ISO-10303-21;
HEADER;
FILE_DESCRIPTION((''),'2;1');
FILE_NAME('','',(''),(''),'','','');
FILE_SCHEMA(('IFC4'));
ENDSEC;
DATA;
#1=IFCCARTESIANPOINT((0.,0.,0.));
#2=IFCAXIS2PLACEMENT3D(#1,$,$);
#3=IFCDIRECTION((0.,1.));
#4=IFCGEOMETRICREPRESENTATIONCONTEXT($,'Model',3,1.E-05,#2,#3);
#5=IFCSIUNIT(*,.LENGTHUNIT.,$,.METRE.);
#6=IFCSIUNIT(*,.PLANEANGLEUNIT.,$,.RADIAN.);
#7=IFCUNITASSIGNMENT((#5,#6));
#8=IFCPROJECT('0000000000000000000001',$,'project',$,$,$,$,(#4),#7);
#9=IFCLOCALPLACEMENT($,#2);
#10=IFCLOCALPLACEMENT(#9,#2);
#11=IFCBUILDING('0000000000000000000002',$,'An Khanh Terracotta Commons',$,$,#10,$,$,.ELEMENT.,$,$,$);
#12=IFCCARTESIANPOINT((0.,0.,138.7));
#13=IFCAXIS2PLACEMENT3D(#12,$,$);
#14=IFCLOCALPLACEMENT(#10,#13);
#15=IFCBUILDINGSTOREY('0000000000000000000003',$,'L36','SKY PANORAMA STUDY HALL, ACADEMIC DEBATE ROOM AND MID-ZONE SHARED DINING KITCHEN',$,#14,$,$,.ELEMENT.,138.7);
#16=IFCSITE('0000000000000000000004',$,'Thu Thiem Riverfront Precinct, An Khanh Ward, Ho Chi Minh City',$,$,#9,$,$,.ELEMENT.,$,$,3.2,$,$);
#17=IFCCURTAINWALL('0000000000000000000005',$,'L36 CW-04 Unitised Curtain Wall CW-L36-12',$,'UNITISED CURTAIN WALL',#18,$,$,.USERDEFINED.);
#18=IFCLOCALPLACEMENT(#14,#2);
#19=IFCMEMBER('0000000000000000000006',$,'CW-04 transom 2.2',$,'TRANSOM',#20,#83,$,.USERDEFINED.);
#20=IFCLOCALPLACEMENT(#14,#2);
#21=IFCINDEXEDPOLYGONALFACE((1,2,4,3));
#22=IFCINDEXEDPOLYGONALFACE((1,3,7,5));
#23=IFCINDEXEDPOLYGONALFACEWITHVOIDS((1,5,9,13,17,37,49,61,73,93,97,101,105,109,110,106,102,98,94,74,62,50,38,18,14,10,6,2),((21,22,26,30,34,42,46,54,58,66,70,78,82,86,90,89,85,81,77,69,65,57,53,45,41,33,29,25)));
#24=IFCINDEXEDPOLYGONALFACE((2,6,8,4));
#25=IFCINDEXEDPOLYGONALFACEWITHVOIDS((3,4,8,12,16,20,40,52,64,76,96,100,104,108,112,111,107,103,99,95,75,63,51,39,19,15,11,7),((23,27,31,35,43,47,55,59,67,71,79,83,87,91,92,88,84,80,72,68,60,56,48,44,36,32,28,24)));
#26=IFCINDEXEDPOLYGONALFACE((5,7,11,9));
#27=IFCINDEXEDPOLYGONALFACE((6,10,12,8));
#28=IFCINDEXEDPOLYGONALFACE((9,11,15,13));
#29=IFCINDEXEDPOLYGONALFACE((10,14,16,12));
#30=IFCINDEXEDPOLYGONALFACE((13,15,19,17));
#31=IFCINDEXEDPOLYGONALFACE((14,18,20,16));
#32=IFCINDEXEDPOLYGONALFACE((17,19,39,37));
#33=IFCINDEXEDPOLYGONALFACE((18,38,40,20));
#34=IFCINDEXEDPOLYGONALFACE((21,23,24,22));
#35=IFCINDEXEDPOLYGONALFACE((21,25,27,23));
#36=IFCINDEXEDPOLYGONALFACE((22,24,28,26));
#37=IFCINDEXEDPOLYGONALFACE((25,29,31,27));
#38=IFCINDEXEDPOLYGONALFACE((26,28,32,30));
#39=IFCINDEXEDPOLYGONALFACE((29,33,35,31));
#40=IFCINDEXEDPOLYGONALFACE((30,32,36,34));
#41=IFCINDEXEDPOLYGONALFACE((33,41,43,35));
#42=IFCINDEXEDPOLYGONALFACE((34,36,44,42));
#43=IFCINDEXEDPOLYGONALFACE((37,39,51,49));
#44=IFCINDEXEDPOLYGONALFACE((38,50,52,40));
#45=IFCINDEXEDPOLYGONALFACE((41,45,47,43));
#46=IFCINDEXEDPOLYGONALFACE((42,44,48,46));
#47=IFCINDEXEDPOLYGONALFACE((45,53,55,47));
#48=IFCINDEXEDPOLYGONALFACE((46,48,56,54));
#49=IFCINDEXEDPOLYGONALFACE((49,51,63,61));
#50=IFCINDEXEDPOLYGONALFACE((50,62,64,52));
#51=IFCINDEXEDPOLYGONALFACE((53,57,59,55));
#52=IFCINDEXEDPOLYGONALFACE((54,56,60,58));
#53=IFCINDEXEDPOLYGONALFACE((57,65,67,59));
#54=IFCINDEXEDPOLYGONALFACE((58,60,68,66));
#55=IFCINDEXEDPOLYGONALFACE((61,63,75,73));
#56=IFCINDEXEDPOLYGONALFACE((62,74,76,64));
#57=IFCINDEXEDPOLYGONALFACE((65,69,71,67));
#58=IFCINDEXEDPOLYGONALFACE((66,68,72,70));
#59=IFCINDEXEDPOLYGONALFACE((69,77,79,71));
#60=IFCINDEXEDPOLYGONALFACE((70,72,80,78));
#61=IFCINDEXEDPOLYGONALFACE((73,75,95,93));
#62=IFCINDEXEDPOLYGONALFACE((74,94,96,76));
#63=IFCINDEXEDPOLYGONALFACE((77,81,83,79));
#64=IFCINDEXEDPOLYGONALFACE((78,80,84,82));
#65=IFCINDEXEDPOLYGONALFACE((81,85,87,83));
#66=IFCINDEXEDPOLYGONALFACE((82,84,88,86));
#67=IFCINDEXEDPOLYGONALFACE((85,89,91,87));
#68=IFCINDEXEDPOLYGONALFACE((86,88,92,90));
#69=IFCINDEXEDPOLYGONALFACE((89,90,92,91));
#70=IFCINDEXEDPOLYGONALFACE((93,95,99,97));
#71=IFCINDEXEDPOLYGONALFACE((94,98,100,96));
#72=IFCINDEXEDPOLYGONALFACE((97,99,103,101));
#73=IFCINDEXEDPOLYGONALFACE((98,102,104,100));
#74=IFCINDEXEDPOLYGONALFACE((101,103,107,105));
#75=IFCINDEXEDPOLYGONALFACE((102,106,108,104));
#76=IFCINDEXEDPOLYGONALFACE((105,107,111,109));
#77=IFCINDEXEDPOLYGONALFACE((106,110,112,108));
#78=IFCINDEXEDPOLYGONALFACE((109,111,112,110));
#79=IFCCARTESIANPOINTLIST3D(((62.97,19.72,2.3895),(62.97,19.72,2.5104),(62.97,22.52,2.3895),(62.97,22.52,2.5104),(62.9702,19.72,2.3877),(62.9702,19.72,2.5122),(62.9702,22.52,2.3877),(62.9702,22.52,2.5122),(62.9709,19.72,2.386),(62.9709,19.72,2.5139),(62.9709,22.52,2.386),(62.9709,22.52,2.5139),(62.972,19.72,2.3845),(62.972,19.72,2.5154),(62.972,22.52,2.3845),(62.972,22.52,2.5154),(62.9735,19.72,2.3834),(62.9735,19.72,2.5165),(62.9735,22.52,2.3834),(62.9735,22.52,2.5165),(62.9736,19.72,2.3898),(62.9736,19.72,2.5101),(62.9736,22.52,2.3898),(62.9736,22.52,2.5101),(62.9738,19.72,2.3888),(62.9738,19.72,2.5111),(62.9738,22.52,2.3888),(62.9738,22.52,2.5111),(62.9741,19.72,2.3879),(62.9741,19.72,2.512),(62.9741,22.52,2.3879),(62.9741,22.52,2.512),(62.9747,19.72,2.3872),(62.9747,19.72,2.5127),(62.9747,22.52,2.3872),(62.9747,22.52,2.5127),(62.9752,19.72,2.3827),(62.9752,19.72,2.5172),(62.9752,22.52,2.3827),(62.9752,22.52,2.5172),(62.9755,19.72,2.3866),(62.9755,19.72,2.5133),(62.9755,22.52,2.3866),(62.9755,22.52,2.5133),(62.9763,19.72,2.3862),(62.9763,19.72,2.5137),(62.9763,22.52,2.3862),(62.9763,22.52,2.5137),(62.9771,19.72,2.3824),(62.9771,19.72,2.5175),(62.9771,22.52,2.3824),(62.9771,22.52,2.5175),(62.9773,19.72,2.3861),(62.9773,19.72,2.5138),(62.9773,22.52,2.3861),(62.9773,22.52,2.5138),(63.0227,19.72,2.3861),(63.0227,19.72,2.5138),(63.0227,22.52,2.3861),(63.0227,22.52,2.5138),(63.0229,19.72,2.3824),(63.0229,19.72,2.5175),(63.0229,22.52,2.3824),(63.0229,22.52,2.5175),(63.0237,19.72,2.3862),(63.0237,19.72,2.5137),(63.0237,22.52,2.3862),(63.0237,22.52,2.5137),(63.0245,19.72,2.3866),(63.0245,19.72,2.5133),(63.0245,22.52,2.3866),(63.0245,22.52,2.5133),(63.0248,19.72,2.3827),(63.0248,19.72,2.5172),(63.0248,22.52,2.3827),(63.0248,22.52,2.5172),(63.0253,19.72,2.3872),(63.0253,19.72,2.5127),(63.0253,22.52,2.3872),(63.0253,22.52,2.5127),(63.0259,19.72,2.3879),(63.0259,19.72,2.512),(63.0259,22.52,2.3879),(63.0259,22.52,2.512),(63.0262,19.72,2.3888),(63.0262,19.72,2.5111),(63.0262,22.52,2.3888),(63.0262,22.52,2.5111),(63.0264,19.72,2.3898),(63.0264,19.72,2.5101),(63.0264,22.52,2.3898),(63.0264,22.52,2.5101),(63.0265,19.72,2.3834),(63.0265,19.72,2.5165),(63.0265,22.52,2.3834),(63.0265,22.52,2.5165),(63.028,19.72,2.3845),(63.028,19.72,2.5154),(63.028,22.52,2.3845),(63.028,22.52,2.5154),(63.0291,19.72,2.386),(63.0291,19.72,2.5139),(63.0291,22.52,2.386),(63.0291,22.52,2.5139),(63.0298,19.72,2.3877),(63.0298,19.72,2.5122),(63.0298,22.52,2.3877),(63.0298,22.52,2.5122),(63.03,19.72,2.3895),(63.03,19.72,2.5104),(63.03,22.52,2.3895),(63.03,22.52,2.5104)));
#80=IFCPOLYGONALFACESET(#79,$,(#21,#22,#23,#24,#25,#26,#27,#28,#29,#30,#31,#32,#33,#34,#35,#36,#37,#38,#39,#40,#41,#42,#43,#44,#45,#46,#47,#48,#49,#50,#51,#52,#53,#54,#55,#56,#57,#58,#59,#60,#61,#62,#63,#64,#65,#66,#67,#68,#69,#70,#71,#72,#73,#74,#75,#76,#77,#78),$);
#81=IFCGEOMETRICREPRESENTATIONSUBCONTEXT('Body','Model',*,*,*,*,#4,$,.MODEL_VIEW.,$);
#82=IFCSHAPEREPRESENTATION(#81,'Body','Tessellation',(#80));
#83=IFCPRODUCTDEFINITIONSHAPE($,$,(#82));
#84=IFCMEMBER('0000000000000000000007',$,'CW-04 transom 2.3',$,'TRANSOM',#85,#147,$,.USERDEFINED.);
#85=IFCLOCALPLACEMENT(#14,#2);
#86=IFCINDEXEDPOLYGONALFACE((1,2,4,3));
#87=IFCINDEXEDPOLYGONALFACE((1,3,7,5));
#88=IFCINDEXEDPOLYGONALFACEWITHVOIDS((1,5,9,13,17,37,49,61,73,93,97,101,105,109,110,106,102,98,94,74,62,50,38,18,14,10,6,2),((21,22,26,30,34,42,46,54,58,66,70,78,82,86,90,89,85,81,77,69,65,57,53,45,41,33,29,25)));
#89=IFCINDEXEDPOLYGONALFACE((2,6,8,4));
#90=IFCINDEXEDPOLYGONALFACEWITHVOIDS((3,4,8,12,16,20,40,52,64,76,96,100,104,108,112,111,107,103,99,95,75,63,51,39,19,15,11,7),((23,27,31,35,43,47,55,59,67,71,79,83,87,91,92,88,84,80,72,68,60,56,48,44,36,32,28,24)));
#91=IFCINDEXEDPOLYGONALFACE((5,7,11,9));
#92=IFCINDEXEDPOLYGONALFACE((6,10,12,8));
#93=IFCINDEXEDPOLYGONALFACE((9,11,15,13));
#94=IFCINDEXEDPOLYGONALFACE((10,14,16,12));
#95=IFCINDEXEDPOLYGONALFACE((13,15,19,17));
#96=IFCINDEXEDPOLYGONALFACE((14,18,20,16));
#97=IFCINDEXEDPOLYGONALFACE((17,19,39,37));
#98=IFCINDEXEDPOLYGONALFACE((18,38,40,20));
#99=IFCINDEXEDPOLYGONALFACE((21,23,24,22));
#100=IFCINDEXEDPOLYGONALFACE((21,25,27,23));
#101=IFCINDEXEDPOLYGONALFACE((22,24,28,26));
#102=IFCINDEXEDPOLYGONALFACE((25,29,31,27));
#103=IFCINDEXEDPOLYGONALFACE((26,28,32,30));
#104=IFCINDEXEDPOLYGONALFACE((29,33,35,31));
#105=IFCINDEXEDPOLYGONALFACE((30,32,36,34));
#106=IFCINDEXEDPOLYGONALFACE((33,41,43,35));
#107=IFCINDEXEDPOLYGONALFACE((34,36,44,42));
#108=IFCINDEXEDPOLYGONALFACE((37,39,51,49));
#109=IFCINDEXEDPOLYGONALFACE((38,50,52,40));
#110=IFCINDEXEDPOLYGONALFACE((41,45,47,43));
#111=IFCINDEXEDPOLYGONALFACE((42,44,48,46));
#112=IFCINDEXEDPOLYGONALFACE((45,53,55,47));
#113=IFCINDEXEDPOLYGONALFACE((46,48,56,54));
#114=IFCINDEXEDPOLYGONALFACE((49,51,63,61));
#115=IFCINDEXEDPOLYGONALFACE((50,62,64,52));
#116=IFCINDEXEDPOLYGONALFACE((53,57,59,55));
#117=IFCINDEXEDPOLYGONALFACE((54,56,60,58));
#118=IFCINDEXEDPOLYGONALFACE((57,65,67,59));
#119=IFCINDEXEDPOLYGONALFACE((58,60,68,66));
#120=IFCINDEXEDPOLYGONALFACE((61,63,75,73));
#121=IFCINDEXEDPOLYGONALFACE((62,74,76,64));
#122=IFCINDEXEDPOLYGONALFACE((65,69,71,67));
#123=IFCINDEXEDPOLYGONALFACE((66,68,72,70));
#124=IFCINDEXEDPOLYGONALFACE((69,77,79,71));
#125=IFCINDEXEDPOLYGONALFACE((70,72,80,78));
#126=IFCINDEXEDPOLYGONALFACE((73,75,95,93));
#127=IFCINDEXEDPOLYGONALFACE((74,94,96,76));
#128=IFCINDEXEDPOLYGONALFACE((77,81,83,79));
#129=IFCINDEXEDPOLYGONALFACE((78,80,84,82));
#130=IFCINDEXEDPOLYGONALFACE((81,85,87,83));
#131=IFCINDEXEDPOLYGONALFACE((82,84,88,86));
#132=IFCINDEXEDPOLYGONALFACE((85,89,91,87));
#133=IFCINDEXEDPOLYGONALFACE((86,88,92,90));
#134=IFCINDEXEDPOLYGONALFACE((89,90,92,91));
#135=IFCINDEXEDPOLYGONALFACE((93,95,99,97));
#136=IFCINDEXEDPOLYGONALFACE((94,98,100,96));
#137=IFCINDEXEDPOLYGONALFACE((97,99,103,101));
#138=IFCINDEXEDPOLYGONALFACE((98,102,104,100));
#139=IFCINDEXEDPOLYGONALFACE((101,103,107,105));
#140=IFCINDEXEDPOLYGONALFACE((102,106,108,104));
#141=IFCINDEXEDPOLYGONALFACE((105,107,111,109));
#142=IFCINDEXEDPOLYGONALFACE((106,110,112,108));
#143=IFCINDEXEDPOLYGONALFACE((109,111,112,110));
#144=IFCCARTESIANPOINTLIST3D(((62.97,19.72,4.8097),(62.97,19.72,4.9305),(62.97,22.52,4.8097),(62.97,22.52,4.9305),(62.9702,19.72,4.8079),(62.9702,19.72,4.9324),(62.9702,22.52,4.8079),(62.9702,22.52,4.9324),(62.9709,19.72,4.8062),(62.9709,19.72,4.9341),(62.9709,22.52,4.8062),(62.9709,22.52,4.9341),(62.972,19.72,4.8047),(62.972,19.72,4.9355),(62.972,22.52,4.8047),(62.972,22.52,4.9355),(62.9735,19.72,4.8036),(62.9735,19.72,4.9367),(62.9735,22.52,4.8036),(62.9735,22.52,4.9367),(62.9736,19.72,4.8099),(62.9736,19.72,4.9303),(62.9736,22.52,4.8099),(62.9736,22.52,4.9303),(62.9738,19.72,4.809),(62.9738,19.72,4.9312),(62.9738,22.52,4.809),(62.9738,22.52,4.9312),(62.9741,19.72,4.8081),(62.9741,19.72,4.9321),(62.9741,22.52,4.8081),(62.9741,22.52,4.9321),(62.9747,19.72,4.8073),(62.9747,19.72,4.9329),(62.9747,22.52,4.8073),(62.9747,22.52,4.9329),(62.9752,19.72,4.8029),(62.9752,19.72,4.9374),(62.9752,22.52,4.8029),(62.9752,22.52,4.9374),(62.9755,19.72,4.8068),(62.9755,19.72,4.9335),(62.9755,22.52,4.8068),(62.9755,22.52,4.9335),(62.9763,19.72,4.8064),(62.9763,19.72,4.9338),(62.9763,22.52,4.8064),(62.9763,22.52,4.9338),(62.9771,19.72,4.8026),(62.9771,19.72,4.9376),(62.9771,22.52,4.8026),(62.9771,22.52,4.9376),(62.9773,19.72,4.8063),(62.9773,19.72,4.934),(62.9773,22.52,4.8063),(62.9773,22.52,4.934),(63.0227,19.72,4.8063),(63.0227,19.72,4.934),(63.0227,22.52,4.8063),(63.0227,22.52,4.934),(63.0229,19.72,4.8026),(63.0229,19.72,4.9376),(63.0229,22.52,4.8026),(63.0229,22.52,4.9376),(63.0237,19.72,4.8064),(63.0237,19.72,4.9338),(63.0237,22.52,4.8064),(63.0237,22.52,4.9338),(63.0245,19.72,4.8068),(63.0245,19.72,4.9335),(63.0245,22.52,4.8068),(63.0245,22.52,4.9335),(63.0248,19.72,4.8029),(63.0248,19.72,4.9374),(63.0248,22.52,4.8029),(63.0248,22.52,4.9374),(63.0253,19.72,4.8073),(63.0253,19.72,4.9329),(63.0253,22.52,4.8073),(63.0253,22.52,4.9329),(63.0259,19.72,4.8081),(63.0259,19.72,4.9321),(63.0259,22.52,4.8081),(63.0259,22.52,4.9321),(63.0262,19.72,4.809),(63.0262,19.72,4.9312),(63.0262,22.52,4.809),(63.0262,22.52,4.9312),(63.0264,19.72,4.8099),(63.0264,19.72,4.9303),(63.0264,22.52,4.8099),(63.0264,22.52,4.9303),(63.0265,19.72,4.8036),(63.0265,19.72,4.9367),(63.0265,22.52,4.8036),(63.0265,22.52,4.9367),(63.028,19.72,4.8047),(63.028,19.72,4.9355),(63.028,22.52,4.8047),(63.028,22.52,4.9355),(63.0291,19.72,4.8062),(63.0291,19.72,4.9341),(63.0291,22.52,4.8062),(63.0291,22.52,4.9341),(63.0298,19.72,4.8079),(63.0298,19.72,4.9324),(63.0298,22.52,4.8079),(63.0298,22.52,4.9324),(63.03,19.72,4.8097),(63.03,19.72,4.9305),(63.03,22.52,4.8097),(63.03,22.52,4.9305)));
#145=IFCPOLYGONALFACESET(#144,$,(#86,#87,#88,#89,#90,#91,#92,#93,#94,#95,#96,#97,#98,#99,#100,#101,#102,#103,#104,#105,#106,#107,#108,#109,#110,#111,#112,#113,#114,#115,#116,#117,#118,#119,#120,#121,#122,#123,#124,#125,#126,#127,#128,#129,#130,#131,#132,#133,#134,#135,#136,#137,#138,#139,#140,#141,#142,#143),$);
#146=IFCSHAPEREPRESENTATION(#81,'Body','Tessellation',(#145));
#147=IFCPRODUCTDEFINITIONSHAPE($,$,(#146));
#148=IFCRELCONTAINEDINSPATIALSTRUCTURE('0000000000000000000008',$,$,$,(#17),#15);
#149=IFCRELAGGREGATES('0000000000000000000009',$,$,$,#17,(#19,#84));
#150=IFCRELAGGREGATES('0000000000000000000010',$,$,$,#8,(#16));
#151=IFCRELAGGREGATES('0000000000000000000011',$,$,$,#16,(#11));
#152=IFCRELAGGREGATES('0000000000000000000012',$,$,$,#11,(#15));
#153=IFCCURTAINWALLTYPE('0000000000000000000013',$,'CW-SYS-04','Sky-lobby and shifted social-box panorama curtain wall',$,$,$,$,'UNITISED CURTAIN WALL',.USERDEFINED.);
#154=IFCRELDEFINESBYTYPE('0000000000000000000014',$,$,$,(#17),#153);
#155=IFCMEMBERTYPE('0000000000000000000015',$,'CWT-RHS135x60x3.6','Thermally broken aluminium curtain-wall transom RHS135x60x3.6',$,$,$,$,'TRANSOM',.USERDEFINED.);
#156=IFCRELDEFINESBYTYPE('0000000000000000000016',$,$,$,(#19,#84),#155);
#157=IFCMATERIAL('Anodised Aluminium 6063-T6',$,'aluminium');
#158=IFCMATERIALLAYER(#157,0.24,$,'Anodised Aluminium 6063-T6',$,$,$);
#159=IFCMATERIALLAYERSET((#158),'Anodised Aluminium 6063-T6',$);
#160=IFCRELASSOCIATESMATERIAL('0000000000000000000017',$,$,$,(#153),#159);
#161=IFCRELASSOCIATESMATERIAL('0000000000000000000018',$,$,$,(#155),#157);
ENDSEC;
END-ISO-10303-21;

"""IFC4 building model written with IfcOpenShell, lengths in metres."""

from ifc_helpers import new_model, si_unit, direction, frame, origin, origin_2d, place, context, subcontext, project, spatial, hollow_rectangle, extrude, material, layer, layer_set, material_profile, profile_set, type_object, element, aggregate, save


model = new_model("IFC4")

# Units and contexts
model_context = context("Model", 3, precision=1e-05, world=origin(), true_north=direction((0.0, 1.0)))
body_context = subcontext(model_context, "Body", "Model", "MODEL_VIEW")
ifc_project = project(units=[si_unit("LENGTHUNIT", "METRE"), si_unit("PLANEANGLEUNIT", "RADIAN")], contexts=[model_context])

# Site, building, storey
site_placement = place(None, origin())
site = spatial("IfcSite", under=ifc_project, at=site_placement, Name="Thu Thiem Riverfront Precinct, An Khanh Ward, Ho Chi Minh City", CompositionType="ELEMENT", RefElevation=3.2)
building_placement = place(site_placement, origin())
building = spatial("IfcBuilding", under=site, at=building_placement, Name="An Khanh Terracotta Commons", CompositionType="ELEMENT")
storey_placement = place(building_placement, frame((0.0, 0.0, 138.7)))
storey = spatial("IfcBuildingStorey", under=building, at=storey_placement, Name="L36", Description="SKY PANORAMA STUDY HALL, ACADEMIC DEBATE ROOM AND MID-ZONE SHARED DINING KITCHEN", CompositionType="ELEMENT", Elevation=138.7)

# Curtain wall
ifc_material_1 = material(Name="Anodised Aluminium 6063-T6", Category="aluminium")
ifc_layer_1 = layer(ifc_material_1, 0.24, Name="Anodised Aluminium 6063-T6")
ifc_layer_set_1 = layer_set([ifc_layer_1], Name="Anodised Aluminium 6063-T6")
curtain_wall_type = type_object("IfcCurtainWallType", Name="CW-SYS-04", Description="Sky-lobby and shifted social-box panorama curtain wall", ElementType="UNITISED CURTAIN WALL", PredefinedType="USERDEFINED", material=ifc_layer_set_1)
curtain_wall_1_placement = place(storey_placement, origin())
curtain_wall_1 = element("IfcCurtainWall", 1, at=curtain_wall_1_placement, inside=storey, type_object=curtain_wall_type, Name="L36 CW-04 Unitised Curtain Wall CW-L36-12", ObjectType="UNITISED CURTAIN WALL", PredefinedType="USERDEFINED")

# Members
ifc_material_profile_1 = material_profile(ifc_material_1, hollow_rectangle(XDim=0.0601, YDim=0.135, WallThickness=0.0037, InnerFilletRadius=0.0037, OuterFilletRadius=0.0071, at=origin_2d()), Name="RHS135x60x3.6")
ifc_profile_set_1 = profile_set([ifc_material_profile_1], Name="Anodised Aluminium 6063-T6")
member_type_1 = type_object("IfcMemberType", Name="CWT-RHS135x60x3.6", Description="Thermally broken aluminium curtain-wall transom RHS135x60x3.6", ElementType="TRANSOM", PredefinedType="USERDEFINED", material=ifc_profile_set_1)
member_1_placement = place(storey_placement, frame((63.0, 19.72, 2.45), z_axis=(0.0, 1.0, 0.0), x_axis=(-1.0, 0.0, 0.0)))
member_1 = element("IfcMember", 2, at=member_1_placement, type_object=member_type_1, Name="CW-04 transom 2.2", ObjectType="TRANSOM", PredefinedType="USERDEFINED", context=body_context, shape_type="SweptSolid", body=[
    extrude(hollow_rectangle(XDim=0.0601, YDim=0.135, WallThickness=0.0037, InnerFilletRadius=0.0037, OuterFilletRadius=0.0071, at=origin_2d()), origin(), (0.0, 0.0, 1.0), 2.8),
])
member_2_placement = place(storey_placement, frame((63.0, 19.72, 4.8701), z_axis=(0.0, 1.0, 0.0), x_axis=(-1.0, 0.0, 0.0)))
member_2 = element("IfcMember", 3, at=member_2_placement, type_object=member_type_1, Name="CW-04 transom 2.3", ObjectType="TRANSOM", PredefinedType="USERDEFINED", context=body_context, shape_type="SweptSolid", body=[
    extrude(hollow_rectangle(XDim=0.0601, YDim=0.135, WallThickness=0.0037, InnerFilletRadius=0.0037, OuterFilletRadius=0.0071, at=origin_2d()), origin(), (0.0, 0.0, 1.0), 2.8),
])

aggregate(curtain_wall_1, [member_1, member_2])

save(model, "model.ifc")
